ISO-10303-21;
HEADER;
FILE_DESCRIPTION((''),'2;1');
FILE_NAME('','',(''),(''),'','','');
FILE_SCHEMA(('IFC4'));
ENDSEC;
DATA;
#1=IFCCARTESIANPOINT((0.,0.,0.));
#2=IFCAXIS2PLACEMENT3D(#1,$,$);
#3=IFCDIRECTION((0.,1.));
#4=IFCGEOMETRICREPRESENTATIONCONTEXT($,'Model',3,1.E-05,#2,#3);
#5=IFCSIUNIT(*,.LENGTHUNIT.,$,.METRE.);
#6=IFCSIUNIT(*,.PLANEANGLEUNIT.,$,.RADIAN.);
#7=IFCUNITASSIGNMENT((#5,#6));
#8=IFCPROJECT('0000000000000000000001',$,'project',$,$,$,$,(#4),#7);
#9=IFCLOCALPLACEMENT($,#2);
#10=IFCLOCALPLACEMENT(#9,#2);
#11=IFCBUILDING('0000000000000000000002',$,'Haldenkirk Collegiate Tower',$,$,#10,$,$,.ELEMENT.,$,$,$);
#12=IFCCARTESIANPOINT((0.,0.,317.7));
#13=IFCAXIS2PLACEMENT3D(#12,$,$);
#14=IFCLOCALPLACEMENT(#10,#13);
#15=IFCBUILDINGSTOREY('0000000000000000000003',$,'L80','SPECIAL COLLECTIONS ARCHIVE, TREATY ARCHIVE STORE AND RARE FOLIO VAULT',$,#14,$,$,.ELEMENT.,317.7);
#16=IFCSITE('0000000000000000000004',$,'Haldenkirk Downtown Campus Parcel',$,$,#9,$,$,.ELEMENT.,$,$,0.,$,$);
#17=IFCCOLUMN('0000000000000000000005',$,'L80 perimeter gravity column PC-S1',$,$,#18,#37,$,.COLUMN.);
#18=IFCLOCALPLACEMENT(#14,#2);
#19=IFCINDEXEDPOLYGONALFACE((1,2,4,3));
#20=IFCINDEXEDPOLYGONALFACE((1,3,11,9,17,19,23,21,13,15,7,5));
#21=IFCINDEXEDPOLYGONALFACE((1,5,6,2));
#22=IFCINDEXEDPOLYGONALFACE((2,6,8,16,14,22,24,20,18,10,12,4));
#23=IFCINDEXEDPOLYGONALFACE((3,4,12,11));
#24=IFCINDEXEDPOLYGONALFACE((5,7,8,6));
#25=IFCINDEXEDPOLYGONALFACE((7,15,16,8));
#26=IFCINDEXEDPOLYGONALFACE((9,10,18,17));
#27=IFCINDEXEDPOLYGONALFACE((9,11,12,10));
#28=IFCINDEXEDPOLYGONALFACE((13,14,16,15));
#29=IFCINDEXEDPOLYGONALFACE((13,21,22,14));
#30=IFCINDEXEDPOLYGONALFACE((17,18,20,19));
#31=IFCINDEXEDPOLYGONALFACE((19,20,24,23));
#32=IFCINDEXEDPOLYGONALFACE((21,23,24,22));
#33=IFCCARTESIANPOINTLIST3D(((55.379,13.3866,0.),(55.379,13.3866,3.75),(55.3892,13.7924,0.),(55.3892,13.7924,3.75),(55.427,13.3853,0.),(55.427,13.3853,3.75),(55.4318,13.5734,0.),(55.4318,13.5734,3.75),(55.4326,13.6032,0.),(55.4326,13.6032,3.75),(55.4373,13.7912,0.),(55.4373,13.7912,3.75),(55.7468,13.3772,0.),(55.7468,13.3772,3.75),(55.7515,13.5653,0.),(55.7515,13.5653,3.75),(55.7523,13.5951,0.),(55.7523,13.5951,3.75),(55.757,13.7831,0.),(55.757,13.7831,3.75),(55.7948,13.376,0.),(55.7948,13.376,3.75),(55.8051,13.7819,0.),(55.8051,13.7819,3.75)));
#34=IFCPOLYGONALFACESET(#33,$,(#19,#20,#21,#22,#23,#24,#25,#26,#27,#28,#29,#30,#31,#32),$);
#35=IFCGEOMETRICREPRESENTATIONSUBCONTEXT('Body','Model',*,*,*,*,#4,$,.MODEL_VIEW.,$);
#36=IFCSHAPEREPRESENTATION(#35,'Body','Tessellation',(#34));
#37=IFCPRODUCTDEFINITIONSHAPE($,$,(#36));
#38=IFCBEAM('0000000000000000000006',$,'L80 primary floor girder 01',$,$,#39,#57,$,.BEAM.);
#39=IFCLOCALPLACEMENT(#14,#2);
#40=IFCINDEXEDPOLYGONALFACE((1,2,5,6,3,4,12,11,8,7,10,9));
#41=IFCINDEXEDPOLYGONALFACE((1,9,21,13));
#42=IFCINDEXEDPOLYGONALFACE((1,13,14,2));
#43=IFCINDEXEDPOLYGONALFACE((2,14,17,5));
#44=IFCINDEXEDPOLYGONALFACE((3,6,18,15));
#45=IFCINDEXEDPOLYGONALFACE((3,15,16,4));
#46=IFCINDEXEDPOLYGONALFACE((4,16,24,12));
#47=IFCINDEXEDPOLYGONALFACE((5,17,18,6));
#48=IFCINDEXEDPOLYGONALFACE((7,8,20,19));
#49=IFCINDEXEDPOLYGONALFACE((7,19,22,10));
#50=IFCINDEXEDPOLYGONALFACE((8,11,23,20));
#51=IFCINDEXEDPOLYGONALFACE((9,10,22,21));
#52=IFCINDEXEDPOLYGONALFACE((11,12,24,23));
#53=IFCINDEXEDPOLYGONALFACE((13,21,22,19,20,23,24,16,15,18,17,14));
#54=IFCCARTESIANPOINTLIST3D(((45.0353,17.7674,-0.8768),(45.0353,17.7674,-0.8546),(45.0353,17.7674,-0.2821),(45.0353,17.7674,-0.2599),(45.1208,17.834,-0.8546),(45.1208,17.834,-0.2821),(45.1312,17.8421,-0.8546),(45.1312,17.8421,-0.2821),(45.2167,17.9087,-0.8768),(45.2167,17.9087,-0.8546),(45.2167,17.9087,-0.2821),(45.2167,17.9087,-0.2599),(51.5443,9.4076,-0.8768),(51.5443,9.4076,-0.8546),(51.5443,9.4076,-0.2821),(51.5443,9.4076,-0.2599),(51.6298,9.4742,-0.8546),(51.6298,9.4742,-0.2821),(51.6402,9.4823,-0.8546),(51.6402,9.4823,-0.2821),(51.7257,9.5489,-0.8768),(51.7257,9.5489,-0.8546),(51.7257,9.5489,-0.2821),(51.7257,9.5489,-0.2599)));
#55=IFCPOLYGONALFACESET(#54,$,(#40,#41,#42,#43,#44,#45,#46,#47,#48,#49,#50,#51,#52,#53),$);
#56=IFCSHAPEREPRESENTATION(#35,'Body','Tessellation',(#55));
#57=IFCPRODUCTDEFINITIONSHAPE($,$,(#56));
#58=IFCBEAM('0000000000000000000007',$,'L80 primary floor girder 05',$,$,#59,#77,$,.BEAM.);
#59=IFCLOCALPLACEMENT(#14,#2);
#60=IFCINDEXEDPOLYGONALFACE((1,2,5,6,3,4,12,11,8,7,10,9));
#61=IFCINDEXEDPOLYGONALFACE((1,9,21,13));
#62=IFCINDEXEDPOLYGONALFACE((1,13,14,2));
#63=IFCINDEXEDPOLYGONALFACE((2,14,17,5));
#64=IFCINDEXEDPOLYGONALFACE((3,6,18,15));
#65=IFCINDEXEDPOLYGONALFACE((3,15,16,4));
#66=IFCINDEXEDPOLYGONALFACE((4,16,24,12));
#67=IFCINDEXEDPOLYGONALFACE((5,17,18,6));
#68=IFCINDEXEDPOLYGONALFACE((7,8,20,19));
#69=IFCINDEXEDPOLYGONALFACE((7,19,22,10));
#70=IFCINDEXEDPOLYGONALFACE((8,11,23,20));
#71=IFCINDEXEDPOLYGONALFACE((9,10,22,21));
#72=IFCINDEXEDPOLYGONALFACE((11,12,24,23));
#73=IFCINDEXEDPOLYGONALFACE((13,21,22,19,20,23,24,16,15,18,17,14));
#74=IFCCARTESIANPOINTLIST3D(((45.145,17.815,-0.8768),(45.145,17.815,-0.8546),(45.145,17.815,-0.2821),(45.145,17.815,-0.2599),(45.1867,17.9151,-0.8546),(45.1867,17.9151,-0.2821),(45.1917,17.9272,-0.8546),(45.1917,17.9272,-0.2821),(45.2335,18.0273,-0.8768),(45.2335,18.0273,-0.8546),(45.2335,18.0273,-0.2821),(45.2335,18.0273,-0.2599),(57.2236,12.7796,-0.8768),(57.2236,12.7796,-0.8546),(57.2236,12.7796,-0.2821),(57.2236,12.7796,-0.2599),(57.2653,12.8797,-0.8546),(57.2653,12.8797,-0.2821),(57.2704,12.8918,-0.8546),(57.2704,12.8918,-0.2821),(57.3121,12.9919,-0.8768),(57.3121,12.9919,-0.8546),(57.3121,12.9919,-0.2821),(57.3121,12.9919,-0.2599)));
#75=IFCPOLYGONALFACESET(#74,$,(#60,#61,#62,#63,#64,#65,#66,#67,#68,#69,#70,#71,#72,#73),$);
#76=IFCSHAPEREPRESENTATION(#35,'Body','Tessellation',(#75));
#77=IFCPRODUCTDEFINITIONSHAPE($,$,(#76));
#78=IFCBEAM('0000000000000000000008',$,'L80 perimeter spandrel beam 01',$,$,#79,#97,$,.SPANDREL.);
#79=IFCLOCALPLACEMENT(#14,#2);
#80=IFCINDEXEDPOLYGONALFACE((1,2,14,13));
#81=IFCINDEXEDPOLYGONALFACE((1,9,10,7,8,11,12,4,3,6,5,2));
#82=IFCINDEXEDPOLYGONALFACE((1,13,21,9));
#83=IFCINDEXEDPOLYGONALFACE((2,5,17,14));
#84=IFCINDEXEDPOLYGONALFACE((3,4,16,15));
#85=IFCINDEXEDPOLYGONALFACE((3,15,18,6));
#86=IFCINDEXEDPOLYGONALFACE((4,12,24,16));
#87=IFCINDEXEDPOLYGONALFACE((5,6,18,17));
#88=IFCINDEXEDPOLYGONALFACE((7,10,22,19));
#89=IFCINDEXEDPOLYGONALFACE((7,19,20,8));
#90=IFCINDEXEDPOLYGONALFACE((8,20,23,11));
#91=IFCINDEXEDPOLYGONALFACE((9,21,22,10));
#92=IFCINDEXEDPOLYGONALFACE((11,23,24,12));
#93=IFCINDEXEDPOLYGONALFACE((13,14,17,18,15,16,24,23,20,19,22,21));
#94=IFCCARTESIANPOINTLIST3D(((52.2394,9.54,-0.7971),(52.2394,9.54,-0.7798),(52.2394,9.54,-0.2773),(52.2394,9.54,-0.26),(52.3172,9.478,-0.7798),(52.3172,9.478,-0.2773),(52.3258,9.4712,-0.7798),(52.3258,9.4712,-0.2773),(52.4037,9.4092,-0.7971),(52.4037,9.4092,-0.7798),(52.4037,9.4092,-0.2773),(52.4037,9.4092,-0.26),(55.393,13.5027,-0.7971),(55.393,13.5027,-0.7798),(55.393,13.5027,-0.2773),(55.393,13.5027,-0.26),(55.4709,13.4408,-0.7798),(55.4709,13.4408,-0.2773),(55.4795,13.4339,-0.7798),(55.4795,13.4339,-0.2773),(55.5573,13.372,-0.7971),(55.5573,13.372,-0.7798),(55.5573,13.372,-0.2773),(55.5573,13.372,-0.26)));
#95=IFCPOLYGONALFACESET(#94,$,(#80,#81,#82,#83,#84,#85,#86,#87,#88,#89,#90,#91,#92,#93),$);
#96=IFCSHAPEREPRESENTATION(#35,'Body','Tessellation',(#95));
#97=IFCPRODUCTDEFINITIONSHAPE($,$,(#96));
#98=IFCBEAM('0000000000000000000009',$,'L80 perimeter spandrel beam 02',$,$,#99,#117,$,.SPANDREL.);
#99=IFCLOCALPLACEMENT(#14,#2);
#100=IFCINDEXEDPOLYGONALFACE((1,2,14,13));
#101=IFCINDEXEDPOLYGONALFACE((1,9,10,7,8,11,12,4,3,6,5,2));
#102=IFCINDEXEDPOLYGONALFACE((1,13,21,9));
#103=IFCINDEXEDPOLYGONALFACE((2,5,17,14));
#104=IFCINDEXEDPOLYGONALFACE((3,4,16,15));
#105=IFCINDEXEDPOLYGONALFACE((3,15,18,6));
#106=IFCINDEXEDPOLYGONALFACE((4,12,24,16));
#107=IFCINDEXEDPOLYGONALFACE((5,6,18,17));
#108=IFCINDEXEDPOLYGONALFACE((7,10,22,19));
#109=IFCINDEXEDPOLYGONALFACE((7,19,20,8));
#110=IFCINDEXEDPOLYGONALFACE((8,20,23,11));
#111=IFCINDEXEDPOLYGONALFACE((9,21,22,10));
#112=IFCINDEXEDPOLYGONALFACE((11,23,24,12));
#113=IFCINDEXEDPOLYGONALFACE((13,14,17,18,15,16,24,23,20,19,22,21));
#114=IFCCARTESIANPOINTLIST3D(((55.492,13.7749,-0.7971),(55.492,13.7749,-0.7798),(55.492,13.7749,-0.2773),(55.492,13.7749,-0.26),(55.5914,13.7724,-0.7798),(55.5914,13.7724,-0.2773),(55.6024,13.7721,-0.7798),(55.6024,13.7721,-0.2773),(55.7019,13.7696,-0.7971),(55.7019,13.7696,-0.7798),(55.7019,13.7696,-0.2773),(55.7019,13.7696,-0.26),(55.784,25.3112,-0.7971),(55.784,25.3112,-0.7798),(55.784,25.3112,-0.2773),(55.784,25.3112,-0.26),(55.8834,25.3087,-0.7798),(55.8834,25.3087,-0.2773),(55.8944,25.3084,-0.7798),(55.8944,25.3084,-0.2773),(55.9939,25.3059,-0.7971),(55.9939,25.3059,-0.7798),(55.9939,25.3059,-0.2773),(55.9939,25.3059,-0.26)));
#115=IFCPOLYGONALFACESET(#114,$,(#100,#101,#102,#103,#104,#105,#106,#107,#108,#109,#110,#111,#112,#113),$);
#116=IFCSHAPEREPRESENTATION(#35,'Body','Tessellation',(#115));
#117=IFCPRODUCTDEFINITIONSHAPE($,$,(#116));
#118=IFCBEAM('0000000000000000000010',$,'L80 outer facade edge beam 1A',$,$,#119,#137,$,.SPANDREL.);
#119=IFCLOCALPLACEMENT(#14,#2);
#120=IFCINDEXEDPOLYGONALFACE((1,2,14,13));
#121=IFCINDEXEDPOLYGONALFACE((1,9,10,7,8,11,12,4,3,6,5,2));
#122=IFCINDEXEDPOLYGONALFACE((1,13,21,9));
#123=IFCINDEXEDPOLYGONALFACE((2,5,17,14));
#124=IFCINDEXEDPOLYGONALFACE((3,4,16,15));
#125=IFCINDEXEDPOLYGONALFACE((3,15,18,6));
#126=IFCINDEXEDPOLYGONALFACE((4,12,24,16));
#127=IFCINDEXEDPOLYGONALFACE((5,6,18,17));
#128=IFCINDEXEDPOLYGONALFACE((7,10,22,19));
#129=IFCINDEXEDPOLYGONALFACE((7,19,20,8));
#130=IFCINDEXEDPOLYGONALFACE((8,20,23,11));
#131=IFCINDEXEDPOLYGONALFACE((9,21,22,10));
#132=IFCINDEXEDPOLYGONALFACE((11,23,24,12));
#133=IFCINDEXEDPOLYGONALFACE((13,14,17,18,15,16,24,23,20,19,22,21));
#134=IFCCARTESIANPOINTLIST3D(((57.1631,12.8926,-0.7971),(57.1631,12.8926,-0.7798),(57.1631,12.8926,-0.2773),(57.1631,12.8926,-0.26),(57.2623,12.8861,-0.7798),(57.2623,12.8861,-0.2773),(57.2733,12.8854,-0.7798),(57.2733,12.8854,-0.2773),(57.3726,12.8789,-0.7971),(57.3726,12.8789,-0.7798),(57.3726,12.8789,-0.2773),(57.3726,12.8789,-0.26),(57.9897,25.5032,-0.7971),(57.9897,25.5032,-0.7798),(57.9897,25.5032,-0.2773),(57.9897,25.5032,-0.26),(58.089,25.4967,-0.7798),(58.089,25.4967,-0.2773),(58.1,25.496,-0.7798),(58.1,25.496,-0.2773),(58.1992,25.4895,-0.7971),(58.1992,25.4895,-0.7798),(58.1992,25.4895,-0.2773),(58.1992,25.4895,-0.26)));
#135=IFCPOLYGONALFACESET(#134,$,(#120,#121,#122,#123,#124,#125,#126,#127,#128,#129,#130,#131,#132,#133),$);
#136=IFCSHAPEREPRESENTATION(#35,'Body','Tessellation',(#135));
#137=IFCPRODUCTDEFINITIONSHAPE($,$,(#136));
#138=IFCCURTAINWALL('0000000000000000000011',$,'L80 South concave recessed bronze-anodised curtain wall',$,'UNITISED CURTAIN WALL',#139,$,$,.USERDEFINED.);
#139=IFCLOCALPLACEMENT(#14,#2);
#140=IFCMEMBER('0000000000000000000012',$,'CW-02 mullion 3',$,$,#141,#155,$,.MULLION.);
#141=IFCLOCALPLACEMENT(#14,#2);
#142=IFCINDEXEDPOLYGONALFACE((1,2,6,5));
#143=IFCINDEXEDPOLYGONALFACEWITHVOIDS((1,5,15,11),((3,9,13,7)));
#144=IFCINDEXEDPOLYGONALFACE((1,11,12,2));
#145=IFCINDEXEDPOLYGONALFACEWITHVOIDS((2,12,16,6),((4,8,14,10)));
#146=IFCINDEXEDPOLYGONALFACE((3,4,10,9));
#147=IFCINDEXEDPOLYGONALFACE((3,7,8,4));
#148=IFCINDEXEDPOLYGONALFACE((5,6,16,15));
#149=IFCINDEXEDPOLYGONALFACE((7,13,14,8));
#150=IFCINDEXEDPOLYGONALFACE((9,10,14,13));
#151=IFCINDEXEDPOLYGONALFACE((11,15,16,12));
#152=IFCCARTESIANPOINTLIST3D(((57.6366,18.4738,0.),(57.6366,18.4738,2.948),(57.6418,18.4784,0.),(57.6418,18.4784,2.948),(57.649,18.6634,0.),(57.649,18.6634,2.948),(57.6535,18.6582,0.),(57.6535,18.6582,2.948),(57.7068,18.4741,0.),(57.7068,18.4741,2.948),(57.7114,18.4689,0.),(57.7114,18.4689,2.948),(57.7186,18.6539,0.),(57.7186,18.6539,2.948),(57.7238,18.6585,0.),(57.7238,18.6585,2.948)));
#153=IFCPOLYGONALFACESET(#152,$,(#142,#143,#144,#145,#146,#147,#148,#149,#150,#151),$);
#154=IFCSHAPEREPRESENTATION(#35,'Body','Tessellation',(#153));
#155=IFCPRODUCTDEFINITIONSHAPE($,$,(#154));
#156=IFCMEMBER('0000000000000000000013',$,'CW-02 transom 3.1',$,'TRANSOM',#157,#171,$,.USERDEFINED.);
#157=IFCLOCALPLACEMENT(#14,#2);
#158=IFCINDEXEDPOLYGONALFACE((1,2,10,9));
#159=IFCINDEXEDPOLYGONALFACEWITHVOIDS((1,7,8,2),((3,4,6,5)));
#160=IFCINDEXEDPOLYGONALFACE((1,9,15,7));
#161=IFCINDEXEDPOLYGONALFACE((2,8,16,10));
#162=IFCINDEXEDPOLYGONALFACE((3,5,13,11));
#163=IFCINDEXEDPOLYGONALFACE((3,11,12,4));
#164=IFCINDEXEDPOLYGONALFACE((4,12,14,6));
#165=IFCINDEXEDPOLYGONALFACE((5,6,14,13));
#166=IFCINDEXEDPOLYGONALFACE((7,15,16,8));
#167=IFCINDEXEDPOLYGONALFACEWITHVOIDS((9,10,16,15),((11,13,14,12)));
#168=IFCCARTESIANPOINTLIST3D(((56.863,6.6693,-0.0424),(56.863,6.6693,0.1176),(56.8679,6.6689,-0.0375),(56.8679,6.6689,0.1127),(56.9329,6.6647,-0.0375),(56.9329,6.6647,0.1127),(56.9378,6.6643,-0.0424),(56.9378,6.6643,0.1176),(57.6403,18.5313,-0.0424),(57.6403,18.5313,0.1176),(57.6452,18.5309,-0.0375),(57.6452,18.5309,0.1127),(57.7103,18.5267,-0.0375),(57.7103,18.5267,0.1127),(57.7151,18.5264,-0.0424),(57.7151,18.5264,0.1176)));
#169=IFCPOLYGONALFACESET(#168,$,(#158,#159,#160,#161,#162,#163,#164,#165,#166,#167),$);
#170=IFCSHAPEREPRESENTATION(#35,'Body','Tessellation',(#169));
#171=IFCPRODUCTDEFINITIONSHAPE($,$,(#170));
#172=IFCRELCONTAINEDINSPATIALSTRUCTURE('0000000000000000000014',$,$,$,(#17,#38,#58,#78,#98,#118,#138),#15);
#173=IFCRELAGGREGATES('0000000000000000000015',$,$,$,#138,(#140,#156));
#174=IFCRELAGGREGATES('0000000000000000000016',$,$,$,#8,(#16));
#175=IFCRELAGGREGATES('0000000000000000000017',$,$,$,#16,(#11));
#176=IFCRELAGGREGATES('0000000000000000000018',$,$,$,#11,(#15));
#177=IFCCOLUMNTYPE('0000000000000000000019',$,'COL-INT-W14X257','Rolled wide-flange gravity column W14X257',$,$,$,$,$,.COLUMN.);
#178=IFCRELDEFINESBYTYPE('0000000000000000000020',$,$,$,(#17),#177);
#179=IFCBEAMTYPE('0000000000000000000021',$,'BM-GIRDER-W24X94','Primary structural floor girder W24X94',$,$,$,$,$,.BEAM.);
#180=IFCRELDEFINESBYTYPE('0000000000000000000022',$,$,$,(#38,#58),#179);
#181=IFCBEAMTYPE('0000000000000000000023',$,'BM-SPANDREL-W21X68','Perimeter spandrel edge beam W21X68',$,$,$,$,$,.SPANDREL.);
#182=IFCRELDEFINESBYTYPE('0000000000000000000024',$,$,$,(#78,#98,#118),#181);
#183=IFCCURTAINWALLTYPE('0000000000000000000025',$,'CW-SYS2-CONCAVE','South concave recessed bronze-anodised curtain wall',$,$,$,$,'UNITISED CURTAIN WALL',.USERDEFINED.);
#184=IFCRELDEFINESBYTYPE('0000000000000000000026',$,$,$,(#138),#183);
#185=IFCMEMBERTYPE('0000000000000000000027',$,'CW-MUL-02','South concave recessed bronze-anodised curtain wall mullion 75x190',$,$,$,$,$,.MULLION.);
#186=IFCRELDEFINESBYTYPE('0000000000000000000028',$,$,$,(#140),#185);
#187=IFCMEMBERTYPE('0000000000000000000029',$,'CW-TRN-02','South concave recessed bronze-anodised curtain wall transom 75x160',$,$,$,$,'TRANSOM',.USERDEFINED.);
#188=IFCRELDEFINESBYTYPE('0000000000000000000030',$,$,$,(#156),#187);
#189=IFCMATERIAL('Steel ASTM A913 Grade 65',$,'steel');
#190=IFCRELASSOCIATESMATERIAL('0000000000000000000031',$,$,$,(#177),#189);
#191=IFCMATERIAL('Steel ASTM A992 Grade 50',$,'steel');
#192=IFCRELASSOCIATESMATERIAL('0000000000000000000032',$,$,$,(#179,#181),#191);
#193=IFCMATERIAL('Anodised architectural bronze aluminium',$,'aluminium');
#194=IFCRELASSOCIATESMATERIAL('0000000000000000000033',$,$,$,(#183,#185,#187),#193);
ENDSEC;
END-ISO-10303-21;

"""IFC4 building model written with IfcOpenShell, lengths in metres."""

from ifc_helpers import new_model, si_unit, direction, frame, origin, origin_2d, place, context, subcontext, project, spatial, hollow_rectangle, i_section, extrude, material, material_profile, profile_set, type_object, element, aggregate, save


model = new_model("IFC4")

# Units and contexts
model_context = context("Model", 3, precision=1e-05, world=origin(), true_north=direction((0.0, 1.0)))
body_context = subcontext(model_context, "Body", "Model", "MODEL_VIEW")
ifc_project = project(units=[si_unit("LENGTHUNIT", "METRE"), si_unit("PLANEANGLEUNIT", "RADIAN")], contexts=[model_context])

# Site, building, storey
site_placement = place(None, origin())
site = spatial("IfcSite", under=ifc_project, at=site_placement, Name="Haldenkirk Downtown Campus Parcel", CompositionType="ELEMENT", RefElevation=0.0)
building_placement = place(site_placement, origin())
building = spatial("IfcBuilding", under=site, at=building_placement, Name="Haldenkirk Collegiate Tower", CompositionType="ELEMENT")
storey_placement = place(building_placement, frame((0.0, 0.0, 317.7)))
storey = spatial("IfcBuildingStorey", under=building, at=storey_placement, Name="L80", Description="SPECIAL COLLECTIONS ARCHIVE, TREATY ARCHIVE STORE AND RARE FOLIO VAULT", CompositionType="ELEMENT", Elevation=317.7)

# Column
ifc_material_1 = material(Name="Steel ASTM A913 Grade 65", Category="steel")
ifc_material_profile_1 = material_profile(ifc_material_1, i_section(OverallWidth=0.406, OverallDepth=0.416, WebThickness=0.0298, FlangeThickness=0.0481, at=origin_2d()), Name="W14X257")
ifc_profile_set_1 = profile_set([ifc_material_profile_1], Name="Steel ASTM A913 Grade 65")
column_type = type_object("IfcColumnType", Name="COL-INT-W14X257", Description="Rolled wide-flange gravity column W14X257", PredefinedType="COLUMN", material=ifc_profile_set_1)
column_placement = place(storey_placement, frame((55.592, 13.5842, 0.0), z_axis=(0.0, 0.0, 1.0), x_axis=(0.025305, 0.99968, 0.0)))
element("IfcColumn", 1, at=column_placement, inside=storey, type_object=column_type, Name="L80 perimeter gravity column PC-S1", PredefinedType="COLUMN", context=body_context, shape_type="SweptSolid", body=[
    extrude(i_section(OverallWidth=0.406, OverallDepth=0.416, WebThickness=0.0298, FlangeThickness=0.0481, at=origin_2d()), origin(), (0.0, 0.0, 1.0), 3.75),
])

# Beams
ifc_material_2 = material(Name="Steel ASTM A992 Grade 50", Category="steel")
ifc_material_profile_2 = material_profile(ifc_material_2, i_section(OverallWidth=0.23, OverallDepth=0.6169, WebThickness=0.0132, FlangeThickness=0.0222, at=origin_2d()), Name="W24X94")
ifc_profile_set_2 = profile_set([ifc_material_profile_2], Name="Steel ASTM A992 Grade 50")
beam_type_1 = type_object("IfcBeamType", Name="BM-GIRDER-W24X94", Description="Primary structural floor girder W24X94", PredefinedType="BEAM", material=ifc_profile_set_2)
beam_1_placement = place(storey_placement, frame((51.635, 9.4783, -0.5684), z_axis=(-0.614347, 0.789036, 0.0), x_axis=(-0.789036, -0.614347, 0.0)))
element("IfcBeam", 2, at=beam_1_placement, inside=storey, type_object=beam_type_1, Name="L80 primary floor girder 01", PredefinedType="BEAM", context=body_context, shape_type="SweptSolid", body=[
    extrude(i_section(OverallWidth=0.23, OverallDepth=0.6169, WebThickness=0.0132, FlangeThickness=0.0222, at=origin_2d()), origin(), (0.0, 0.0, 1.0), 10.595),
])
beam_2_placement = place(storey_placement, frame((57.2678, 12.8857, -0.5684), z_axis=(-0.923005, 0.384788, 0.0), x_axis=(-0.384788, -0.923005, 0.0)))
element("IfcBeam", 3, at=beam_2_placement, inside=storey, type_object=beam_type_1, Name="L80 primary floor girder 05", PredefinedType="BEAM", context=body_context, shape_type="SweptSolid", body=[
    extrude(i_section(OverallWidth=0.23, OverallDepth=0.6169, WebThickness=0.0132, FlangeThickness=0.0222, at=origin_2d()), origin(), (0.0, 0.0, 1.0), 13.0862),
])
ifc_material_profile_3 = material_profile(ifc_material_2, i_section(OverallWidth=0.21, OverallDepth=0.5371, WebThickness=0.011, FlangeThickness=0.0173, at=origin_2d()), Name="W21X68")
ifc_profile_set_3 = profile_set([ifc_material_profile_3], Name="Steel ASTM A992 Grade 50")
beam_type_2 = type_object("IfcBeamType", Name="BM-SPANDREL-W21X68", Description="Perimeter spandrel edge beam W21X68", PredefinedType="SPANDREL", material=ifc_profile_set_3)
beam_3_placement = place(storey_placement, frame((52.3215, 9.4746, -0.5286), z_axis=(0.6227, 0.782461, 0.0), x_axis=(-0.782461, 0.6227, 0.0)))
element("IfcBeam", 4, at=beam_3_placement, inside=storey, type_object=beam_type_2, Name="L80 perimeter spandrel beam 01", PredefinedType="SPANDREL", context=body_context, shape_type="SweptSolid", body=[
    extrude(i_section(OverallWidth=0.21, OverallDepth=0.5371, WebThickness=0.011, FlangeThickness=0.0173, at=origin_2d()), origin(), (0.0, 0.0, 1.0), 5.0645),
])
beam_4_placement = place(storey_placement, frame((55.5969, 13.7722, -0.5286), z_axis=(0.025302, 0.99968, 0.0), x_axis=(-0.99968, 0.025302, 0.0)))
element("IfcBeam", 5, at=beam_4_placement, inside=storey, type_object=beam_type_2, Name="L80 perimeter spandrel beam 02", PredefinedType="SPANDREL", context=body_context, shape_type="SweptSolid", body=[
    extrude(i_section(OverallWidth=0.21, OverallDepth=0.5371, WebThickness=0.011, FlangeThickness=0.0173, at=origin_2d()), origin(), (0.0, 0.0, 1.0), 11.54),
])
beam_5_placement = place(storey_placement, frame((57.2678, 12.8857, -0.5286), z_axis=(0.065412, 0.997858, 0.0), x_axis=(-0.997858, 0.065412, 0.0)))
element("IfcBeam", 6, at=beam_5_placement, inside=storey, type_object=beam_type_2, Name="L80 outer facade edge beam 1A", PredefinedType="SPANDREL", context=body_context, shape_type="SweptSolid", body=[
    extrude(i_section(OverallWidth=0.21, OverallDepth=0.5371, WebThickness=0.011, FlangeThickness=0.0173, at=origin_2d()), origin(), (0.0, 0.0, 1.0), 12.6377),
])

# Curtain wall, members
ifc_material_3 = material(Name="Anodised architectural bronze aluminium", Category="aluminium")
curtain_wall_type = type_object("IfcCurtainWallType", Name="CW-SYS2-CONCAVE", Description="South concave recessed bronze-anodised curtain wall", ElementType="UNITISED CURTAIN WALL", PredefinedType="USERDEFINED", material=ifc_material_3)
curtain_wall_placement = place(storey_placement, origin())
curtain_wall = element("IfcCurtainWall", 7, at=curtain_wall_placement, inside=storey, type_object=curtain_wall_type, Name="L80 South concave recessed bronze-anodised curtain wall", ObjectType="UNITISED CURTAIN WALL", PredefinedType="USERDEFINED")
ifc_material_profile_4 = material_profile(ifc_material_3, hollow_rectangle(XDim=0.075, YDim=0.1899, WallThickness=0.0049, at=origin_2d()), Name="CW-MUL-02")
ifc_profile_set_4 = profile_set([ifc_material_profile_4], Name="Anodised architectural bronze aluminium")
member_type_1 = type_object("IfcMemberType", Name="CW-MUL-02", Description="South concave recessed bronze-anodised curtain wall mullion 75x190", PredefinedType="MULLION", material=ifc_profile_set_4)
member_1_placement = place(storey_placement, frame((57.6802, 18.5662, 0.0), z_axis=(0.0, 0.0, 1.0), x_axis=(0.997859, -0.065403, 0.0)))
member_1 = element("IfcMember", 8, at=member_1_placement, type_object=member_type_1, Name="CW-02 mullion 3", PredefinedType="MULLION", context=body_context, shape_type="SweptSolid", body=[
    extrude(hollow_rectangle(XDim=0.075, YDim=0.1899, WallThickness=0.0049, at=origin_2d()), origin(), (0.0, 0.0, 1.0), 2.948),
])
ifc_material_profile_5 = material_profile(ifc_material_3, hollow_rectangle(XDim=0.075, YDim=0.1599, WallThickness=0.0049, at=origin_2d()), Name="CW-TRN-02")
ifc_profile_set_5 = profile_set([ifc_material_profile_5], Name="Anodised architectural bronze aluminium")
member_type_2 = type_object("IfcMemberType", Name="CW-TRN-02", Description="South concave recessed bronze-anodised curtain wall transom 75x160", ElementType="TRANSOM", PredefinedType="USERDEFINED", material=ifc_profile_set_5)
member_2_placement = place(storey_placement, frame((57.6777, 18.5288, 0.0376), z_axis=(-0.065392, -0.99786, 0.0), x_axis=(0.99786, -0.065392, 0.0)))
member_2 = element("IfcMember", 9, at=member_2_placement, type_object=member_type_2, Name="CW-02 transom 3.1", ObjectType="TRANSOM", PredefinedType="USERDEFINED", context=body_context, shape_type="SweptSolid", body=[
    extrude(hollow_rectangle(XDim=0.075, YDim=0.1599, WallThickness=0.0049, at=origin_2d()), origin(), (0.0, 0.0, 1.0), 11.8875),
])

aggregate(curtain_wall, [member_1, member_2])

save(model, "model.ifc")
